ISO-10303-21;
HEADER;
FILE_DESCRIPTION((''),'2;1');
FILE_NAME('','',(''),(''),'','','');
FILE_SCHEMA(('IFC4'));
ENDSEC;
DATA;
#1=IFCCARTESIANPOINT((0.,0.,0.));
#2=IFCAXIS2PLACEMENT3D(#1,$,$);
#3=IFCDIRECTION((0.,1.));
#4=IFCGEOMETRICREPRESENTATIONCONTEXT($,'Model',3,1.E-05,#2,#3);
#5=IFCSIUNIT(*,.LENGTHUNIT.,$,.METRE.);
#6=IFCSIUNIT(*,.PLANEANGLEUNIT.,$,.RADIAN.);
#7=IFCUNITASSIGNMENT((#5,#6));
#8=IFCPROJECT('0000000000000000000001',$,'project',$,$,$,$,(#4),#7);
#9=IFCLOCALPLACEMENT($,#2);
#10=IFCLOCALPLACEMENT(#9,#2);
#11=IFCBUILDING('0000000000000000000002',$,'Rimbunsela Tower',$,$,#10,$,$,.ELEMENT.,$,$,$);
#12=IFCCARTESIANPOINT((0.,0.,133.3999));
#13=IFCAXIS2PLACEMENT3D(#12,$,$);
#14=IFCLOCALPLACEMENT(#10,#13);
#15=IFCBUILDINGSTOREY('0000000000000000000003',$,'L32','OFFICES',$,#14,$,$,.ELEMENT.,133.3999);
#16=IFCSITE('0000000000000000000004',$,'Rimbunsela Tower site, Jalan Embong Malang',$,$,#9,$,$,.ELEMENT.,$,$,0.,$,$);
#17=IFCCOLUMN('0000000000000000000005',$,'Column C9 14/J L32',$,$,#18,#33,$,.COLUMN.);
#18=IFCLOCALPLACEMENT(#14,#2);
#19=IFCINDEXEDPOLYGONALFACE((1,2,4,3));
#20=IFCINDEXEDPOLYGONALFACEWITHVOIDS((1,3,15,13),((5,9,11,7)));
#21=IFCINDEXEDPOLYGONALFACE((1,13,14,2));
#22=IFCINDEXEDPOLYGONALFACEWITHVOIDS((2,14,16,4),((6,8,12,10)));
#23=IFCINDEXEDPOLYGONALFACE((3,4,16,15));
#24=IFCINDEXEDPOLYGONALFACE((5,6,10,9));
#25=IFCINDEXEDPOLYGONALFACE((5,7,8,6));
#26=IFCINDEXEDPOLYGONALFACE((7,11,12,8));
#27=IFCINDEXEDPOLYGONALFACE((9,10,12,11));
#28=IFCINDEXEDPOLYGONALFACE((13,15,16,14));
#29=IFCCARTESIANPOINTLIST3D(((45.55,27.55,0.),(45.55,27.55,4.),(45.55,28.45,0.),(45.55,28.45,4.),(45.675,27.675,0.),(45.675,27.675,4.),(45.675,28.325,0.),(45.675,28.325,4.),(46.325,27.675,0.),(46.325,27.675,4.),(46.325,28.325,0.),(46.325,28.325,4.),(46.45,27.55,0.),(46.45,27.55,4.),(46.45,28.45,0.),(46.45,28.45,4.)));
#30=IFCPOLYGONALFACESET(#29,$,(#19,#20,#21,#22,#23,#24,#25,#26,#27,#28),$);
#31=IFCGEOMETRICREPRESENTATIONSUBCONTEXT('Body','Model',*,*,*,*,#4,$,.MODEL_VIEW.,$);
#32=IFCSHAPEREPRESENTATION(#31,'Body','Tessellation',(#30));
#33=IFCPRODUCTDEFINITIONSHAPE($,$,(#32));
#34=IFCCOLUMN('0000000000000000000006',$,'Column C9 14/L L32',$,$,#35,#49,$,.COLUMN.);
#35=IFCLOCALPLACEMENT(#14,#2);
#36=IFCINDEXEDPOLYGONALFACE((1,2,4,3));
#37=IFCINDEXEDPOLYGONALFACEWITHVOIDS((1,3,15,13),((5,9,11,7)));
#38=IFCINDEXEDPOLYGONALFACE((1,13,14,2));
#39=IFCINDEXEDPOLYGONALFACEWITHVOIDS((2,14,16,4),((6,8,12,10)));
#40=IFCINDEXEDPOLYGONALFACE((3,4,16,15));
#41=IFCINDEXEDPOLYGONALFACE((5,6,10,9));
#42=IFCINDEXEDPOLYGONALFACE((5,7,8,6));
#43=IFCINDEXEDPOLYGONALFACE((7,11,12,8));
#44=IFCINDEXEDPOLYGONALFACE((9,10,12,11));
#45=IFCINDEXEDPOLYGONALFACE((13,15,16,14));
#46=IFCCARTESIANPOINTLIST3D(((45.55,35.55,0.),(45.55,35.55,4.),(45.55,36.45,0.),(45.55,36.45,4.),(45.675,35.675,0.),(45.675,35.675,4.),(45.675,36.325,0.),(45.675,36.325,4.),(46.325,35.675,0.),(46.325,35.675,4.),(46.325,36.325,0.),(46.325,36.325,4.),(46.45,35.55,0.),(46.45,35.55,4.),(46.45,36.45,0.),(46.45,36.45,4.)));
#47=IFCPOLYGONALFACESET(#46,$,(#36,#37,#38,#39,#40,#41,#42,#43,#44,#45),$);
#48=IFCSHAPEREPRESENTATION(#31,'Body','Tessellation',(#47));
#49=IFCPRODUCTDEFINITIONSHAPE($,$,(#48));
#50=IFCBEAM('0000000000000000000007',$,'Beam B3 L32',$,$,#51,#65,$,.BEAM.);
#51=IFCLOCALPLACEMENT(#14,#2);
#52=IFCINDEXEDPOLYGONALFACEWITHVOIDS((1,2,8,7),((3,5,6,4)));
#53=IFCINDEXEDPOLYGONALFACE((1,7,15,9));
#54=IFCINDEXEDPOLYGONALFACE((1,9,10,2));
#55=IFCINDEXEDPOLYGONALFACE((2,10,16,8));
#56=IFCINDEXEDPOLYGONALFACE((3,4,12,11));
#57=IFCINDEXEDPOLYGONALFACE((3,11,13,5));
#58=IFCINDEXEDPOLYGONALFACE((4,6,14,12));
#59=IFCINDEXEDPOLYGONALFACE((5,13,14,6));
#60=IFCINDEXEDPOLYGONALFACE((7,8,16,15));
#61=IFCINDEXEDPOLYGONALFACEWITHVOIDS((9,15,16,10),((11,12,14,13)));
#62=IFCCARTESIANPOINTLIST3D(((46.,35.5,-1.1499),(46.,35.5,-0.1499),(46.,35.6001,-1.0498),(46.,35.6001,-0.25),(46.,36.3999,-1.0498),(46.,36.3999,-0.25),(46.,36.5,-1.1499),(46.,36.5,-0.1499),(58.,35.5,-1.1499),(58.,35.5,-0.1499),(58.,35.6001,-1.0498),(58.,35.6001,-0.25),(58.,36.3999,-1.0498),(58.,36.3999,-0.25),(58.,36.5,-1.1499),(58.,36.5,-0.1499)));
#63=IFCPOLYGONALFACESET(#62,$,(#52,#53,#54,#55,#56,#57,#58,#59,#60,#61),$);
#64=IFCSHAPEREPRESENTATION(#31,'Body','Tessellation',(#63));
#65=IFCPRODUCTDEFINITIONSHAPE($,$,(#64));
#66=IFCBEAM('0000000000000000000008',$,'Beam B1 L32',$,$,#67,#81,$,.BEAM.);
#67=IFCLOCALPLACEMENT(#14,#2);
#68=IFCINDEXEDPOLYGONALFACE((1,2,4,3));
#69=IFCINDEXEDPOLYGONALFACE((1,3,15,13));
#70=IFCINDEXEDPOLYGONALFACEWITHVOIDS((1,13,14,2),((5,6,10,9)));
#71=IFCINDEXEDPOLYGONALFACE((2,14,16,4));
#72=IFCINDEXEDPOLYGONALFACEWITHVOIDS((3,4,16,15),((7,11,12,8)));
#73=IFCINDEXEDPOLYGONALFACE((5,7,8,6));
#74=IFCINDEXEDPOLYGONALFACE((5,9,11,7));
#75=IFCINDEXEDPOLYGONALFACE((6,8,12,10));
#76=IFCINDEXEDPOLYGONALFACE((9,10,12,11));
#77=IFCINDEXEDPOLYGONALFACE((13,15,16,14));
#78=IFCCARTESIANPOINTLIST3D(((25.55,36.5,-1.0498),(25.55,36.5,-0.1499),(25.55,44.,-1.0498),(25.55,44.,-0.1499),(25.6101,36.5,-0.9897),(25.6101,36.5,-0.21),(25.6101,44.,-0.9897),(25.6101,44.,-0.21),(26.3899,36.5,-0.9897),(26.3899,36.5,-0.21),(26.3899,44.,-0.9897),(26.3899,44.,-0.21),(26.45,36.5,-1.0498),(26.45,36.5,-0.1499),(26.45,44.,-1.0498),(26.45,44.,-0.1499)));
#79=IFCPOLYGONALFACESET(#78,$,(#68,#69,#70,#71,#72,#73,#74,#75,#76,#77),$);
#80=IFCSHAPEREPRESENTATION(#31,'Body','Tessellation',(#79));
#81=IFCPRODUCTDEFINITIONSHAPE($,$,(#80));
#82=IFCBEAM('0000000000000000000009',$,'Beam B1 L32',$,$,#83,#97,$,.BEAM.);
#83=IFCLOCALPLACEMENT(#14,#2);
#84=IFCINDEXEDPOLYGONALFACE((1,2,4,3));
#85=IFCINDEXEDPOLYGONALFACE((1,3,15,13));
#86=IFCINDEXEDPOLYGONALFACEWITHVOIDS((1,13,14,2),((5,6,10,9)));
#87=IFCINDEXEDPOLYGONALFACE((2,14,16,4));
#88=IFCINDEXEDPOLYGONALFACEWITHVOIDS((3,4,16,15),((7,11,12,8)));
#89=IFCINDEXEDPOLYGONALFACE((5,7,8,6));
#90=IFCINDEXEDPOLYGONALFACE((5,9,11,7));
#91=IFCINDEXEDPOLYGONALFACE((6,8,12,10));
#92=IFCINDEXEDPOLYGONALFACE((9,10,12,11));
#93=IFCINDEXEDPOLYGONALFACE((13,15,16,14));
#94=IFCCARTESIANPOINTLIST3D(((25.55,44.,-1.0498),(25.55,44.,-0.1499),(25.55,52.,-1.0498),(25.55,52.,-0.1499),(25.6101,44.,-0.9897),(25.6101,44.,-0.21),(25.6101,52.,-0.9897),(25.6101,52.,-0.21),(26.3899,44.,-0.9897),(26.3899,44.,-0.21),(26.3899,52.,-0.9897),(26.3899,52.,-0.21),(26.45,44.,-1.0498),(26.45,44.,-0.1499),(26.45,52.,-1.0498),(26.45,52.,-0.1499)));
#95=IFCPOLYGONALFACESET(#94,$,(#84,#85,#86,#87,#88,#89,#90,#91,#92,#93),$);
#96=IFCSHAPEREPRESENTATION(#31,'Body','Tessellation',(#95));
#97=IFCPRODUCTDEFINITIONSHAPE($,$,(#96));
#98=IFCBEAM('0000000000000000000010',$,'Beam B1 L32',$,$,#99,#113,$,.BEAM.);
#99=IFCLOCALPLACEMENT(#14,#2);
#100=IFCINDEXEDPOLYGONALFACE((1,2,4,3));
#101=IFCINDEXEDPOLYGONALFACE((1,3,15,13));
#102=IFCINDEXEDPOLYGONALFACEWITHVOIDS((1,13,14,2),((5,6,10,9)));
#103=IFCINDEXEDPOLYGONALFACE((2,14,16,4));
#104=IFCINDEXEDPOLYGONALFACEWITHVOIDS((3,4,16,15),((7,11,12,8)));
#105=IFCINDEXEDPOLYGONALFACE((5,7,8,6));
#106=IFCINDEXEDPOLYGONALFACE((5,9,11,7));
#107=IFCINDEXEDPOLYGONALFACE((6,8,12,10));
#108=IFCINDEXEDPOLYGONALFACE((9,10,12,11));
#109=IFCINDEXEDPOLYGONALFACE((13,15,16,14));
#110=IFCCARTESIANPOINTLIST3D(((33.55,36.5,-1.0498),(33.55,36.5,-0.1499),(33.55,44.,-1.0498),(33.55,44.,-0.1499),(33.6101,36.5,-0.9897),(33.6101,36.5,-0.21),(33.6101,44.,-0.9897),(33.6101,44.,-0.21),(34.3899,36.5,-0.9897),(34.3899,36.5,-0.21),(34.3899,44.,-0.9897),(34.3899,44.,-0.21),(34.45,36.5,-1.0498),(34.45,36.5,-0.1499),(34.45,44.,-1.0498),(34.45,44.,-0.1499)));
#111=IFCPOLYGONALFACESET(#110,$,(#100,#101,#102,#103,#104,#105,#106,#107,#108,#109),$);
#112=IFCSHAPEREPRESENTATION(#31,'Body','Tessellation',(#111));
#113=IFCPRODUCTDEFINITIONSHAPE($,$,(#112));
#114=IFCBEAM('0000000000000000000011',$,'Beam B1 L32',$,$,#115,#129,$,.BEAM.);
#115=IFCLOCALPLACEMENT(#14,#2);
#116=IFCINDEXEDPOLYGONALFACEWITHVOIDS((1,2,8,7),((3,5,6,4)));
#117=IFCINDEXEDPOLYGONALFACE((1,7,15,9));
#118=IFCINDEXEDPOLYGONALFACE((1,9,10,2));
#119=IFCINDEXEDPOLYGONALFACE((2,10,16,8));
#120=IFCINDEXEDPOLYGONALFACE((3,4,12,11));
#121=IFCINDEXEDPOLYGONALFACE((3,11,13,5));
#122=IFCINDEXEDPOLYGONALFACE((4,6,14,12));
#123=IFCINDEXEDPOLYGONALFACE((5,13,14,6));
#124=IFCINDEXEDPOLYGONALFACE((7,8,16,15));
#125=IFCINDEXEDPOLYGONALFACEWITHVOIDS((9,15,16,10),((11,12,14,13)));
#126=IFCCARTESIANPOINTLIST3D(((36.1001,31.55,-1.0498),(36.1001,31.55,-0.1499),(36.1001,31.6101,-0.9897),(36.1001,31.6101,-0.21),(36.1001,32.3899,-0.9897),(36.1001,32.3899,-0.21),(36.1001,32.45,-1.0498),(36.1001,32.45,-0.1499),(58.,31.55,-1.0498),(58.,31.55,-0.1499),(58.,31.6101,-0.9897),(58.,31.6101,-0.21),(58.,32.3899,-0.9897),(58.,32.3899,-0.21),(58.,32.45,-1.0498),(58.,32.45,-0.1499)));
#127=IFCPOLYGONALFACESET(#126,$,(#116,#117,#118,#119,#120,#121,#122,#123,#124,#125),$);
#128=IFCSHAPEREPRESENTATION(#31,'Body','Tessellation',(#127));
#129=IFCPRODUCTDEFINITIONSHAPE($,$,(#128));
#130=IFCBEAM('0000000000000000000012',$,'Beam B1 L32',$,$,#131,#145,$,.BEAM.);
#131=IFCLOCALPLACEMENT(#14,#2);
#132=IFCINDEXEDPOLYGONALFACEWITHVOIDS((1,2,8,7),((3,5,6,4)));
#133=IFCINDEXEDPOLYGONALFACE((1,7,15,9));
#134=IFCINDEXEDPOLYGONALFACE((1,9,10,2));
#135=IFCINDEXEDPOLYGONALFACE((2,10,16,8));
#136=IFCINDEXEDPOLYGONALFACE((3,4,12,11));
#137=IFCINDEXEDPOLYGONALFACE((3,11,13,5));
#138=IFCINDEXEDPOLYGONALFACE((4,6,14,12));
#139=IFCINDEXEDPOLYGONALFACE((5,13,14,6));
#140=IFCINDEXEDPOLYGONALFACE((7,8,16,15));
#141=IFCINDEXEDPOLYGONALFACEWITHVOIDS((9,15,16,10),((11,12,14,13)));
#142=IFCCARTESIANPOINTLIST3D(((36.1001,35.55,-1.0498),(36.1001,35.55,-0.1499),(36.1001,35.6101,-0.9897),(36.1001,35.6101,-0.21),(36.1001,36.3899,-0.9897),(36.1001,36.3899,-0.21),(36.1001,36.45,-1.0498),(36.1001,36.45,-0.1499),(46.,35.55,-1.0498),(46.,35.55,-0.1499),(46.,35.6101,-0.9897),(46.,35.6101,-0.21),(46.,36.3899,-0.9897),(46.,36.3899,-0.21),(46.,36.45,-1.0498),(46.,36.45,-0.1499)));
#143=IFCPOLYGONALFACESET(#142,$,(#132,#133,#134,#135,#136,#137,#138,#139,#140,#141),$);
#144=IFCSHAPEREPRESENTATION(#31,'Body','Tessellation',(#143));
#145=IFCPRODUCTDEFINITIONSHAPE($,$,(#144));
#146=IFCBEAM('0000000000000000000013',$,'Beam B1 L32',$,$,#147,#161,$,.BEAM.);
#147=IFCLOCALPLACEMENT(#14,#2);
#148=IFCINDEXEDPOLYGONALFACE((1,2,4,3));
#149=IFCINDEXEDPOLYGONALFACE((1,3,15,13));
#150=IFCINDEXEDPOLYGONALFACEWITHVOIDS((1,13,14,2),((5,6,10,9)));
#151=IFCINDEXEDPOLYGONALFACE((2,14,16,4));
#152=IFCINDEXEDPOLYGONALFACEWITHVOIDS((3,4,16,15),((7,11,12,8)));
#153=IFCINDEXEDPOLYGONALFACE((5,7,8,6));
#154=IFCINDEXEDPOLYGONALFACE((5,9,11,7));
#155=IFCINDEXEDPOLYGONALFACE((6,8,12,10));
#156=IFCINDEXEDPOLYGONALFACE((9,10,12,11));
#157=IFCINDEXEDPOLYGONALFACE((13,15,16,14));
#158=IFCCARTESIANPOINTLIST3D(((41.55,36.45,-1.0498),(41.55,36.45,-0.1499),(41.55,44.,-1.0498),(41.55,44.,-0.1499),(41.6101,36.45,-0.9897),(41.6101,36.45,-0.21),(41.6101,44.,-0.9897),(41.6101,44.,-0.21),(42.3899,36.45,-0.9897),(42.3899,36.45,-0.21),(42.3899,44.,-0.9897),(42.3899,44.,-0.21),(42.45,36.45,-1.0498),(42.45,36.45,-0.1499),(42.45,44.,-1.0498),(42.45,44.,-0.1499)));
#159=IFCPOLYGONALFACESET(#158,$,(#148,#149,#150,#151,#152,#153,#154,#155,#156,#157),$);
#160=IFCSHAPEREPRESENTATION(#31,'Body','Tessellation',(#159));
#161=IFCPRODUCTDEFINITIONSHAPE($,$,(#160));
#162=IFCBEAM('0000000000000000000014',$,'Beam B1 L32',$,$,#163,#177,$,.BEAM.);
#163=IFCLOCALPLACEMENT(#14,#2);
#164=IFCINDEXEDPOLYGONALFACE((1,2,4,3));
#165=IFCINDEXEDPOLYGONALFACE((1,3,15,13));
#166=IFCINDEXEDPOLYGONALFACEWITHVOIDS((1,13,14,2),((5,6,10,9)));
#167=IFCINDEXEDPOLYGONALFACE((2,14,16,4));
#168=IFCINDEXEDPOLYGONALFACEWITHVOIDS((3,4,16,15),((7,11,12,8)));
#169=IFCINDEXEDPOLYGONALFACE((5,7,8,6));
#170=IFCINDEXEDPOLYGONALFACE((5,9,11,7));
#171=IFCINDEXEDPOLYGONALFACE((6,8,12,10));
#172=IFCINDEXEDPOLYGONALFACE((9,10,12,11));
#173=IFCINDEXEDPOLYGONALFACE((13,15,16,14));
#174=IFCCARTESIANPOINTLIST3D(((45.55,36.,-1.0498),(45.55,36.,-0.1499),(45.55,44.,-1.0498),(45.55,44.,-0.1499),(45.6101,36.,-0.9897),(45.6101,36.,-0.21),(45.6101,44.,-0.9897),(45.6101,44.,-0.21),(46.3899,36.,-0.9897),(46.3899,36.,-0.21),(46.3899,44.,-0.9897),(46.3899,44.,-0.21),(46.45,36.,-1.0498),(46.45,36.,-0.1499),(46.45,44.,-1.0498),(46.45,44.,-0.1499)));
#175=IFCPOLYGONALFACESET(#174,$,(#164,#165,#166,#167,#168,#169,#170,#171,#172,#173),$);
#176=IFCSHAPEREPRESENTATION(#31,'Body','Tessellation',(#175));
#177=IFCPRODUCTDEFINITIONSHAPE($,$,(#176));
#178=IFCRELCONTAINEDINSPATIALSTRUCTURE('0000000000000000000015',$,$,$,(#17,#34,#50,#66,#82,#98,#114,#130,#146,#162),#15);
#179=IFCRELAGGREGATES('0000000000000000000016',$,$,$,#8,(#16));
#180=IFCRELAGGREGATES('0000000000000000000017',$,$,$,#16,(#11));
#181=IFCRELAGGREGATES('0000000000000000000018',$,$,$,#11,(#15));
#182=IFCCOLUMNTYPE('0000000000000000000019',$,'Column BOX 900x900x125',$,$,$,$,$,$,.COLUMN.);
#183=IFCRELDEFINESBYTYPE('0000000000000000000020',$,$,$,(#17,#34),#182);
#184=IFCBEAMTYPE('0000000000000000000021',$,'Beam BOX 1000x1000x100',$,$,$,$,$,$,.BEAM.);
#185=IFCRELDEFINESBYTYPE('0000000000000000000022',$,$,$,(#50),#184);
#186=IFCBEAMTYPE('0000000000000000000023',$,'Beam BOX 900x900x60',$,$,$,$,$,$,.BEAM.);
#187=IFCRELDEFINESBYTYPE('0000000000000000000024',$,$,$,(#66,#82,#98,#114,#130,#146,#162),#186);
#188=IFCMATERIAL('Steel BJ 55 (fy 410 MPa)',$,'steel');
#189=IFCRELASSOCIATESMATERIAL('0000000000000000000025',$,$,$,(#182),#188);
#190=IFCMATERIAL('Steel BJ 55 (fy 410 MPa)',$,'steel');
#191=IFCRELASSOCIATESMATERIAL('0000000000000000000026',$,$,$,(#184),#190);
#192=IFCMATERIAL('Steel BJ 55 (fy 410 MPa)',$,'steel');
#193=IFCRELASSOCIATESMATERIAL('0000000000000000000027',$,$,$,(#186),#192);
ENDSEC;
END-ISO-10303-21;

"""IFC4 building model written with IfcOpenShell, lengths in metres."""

from ifc_helpers import new_model, si_unit, direction, frame, origin, origin_2d, place, context, subcontext, project, spatial, hollow_rectangle, extrude, material, material_profile, profile_set, type_object, element, save


model = new_model("IFC4")

# Units and contexts
model_context = context("Model", 3, precision=1e-05, world=origin(), true_north=direction((0.0, 1.0)))
body_context = subcontext(model_context, "Body", "Model", "MODEL_VIEW")
ifc_project = project(units=[si_unit("LENGTHUNIT", "METRE"), si_unit("PLANEANGLEUNIT", "RADIAN")], contexts=[model_context])

# Site, building, storey
site_placement = place(None, origin())
site = spatial("IfcSite", under=ifc_project, at=site_placement, Name="Rimbunsela Tower site, Jalan Embong Malang", CompositionType="ELEMENT", RefElevation=0.0)
building_placement = place(site_placement, origin())
building = spatial("IfcBuilding", under=site, at=building_placement, Name="Rimbunsela Tower", CompositionType="ELEMENT")
storey_placement = place(building_placement, frame((0.0, 0.0, 133.3999)))
storey = spatial("IfcBuildingStorey", under=building, at=storey_placement, Name="L32", Description="OFFICES", CompositionType="ELEMENT", Elevation=133.3999)

# Columns
ifc_material_1 = material(Name="Steel BJ 55 (fy 410 MPa)", Category="steel")
ifc_material_profile_1 = material_profile(ifc_material_1, hollow_rectangle(XDim=0.8999, YDim=0.8999, WallThickness=0.125, at=origin_2d()), Name="BOX 900x900x125")
ifc_profile_set_1 = profile_set([ifc_material_profile_1], Name="Steel BJ 55 (fy 410 MPa)")
column_type = type_object("IfcColumnType", Name="Column BOX 900x900x125", PredefinedType="COLUMN", material=ifc_profile_set_1)
for number, where, z_axis, x_axis, name in (
    (1, (46.0, 28.0, 0.0), (0.0, 0.0, 1.0), (1.0, 0.0, 0.0), "Column C9 14/J L32"),
    (2, (46.0, 36.0, 0.0), (0.0, 0.0, 1.0), (1.0, 0.0, 0.0), "Column C9 14/L L32"),
):
    element("IfcColumn", number, at=place(storey_placement, frame(where, z_axis=z_axis, x_axis=x_axis)), inside=storey, type_object=column_type, Name=name, PredefinedType="COLUMN", context=body_context, shape_type="SweptSolid", body=[
        extrude(hollow_rectangle(XDim=0.8999, YDim=0.8999, WallThickness=0.125, at=origin_2d()), origin(), (0.0, 0.0, 1.0), 4.0),
    ])

# Beams
ifc_material_2 = material(Name="Steel BJ 55 (fy 410 MPa)", Category="steel")
ifc_material_profile_2 = material_profile(ifc_material_2, hollow_rectangle(XDim=1.0, YDim=1.0, WallThickness=0.1001, at=origin_2d()), Name="BOX 1000x1000x100")
ifc_profile_set_2 = profile_set([ifc_material_profile_2], Name="Steel BJ 55 (fy 410 MPa)")
beam_type_1 = type_object("IfcBeamType", Name="Beam BOX 1000x1000x100", PredefinedType="BEAM", material=ifc_profile_set_2)
beam_1_placement = place(storey_placement, frame((46.0, 36.0, -0.6499), z_axis=(1.0, 0.0, 0.0), x_axis=(0.0, 1.0, 0.0)))
element("IfcBeam", 3, at=beam_1_placement, inside=storey, type_object=beam_type_1, Name="Beam B3 L32", PredefinedType="BEAM", context=body_context, shape_type="SweptSolid", body=[
    extrude(hollow_rectangle(XDim=1.0, YDim=1.0, WallThickness=0.1001, at=origin_2d()), origin(), (0.0, 0.0, 1.0), 12.0),
])
ifc_material_3 = material(Name="Steel BJ 55 (fy 410 MPa)", Category="steel")
ifc_material_profile_3 = material_profile(ifc_material_3, hollow_rectangle(XDim=0.8999, YDim=0.8999, WallThickness=0.0601, at=origin_2d()), Name="BOX 900x900x60")
ifc_profile_set_3 = profile_set([ifc_material_profile_3], Name="Steel BJ 55 (fy 410 MPa)")
beam_type_2 = type_object("IfcBeamType", Name="Beam BOX 900x900x60", PredefinedType="BEAM", material=ifc_profile_set_3)
beam_2_placement = place(storey_placement, frame((26.0, 36.5, -0.5999), z_axis=(0.0, 1.0, 0.0), x_axis=(-1.0, 0.0, 0.0)))
element("IfcBeam", 4, at=beam_2_placement, inside=storey, type_object=beam_type_2, Name="Beam B1 L32", PredefinedType="BEAM", context=body_context, shape_type="SweptSolid", body=[
    extrude(hollow_rectangle(XDim=0.8999, YDim=0.8999, WallThickness=0.0601, at=origin_2d()), origin(), (0.0, 0.0, 1.0), 7.5),
])
beam_3_placement = place(storey_placement, frame((26.0, 44.0, -0.5999), z_axis=(0.0, 1.0, 0.0), x_axis=(-1.0, 0.0, 0.0)))
element("IfcBeam", 5, at=beam_3_placement, inside=storey, type_object=beam_type_2, Name="Beam B1 L32", PredefinedType="BEAM", context=body_context, shape_type="SweptSolid", body=[
    extrude(hollow_rectangle(XDim=0.8999, YDim=0.8999, WallThickness=0.0601, at=origin_2d()), origin(), (0.0, 0.0, 1.0), 8.0),
])
beam_4_placement = place(storey_placement, frame((34.0, 36.5, -0.5999), z_axis=(0.0, 1.0, 0.0), x_axis=(-1.0, 0.0, 0.0)))
element("IfcBeam", 6, at=beam_4_placement, inside=storey, type_object=beam_type_2, Name="Beam B1 L32", PredefinedType="BEAM", context=body_context, shape_type="SweptSolid", body=[
    extrude(hollow_rectangle(XDim=0.8999, YDim=0.8999, WallThickness=0.0601, at=origin_2d()), origin(), (0.0, 0.0, 1.0), 7.5),
])
beam_5_placement = place(storey_placement, frame((36.1001, 32.0, -0.5999), z_axis=(1.0, 0.0, 0.0), x_axis=(0.0, 1.0, 0.0)))
element("IfcBeam", 7, at=beam_5_placement, inside=storey, type_object=beam_type_2, Name="Beam B1 L32", PredefinedType="BEAM", context=body_context, shape_type="SweptSolid", body=[
    extrude(hollow_rectangle(XDim=0.8999, YDim=0.8999, WallThickness=0.0601, at=origin_2d()), origin(), (0.0, 0.0, 1.0), 21.8999),
])
beam_6_placement = place(storey_placement, frame((36.1001, 36.0, -0.5999), z_axis=(1.0, 0.0, 0.0), x_axis=(0.0, 1.0, 0.0)))
element("IfcBeam", 8, at=beam_6_placement, inside=storey, type_object=beam_type_2, Name="Beam B1 L32", PredefinedType="BEAM", context=body_context, shape_type="SweptSolid", body=[
    extrude(hollow_rectangle(XDim=0.8999, YDim=0.8999, WallThickness=0.0601, at=origin_2d()), origin(), (0.0, 0.0, 1.0), 9.8999),
])
beam_7_placement = place(storey_placement, frame((42.0, 36.45, -0.5999), z_axis=(0.0, 1.0, 0.0), x_axis=(-1.0, 0.0, 0.0)))
element("IfcBeam", 9, at=beam_7_placement, inside=storey, type_object=beam_type_2, Name="Beam B1 L32", PredefinedType="BEAM", context=body_context, shape_type="SweptSolid", body=[
    extrude(hollow_rectangle(XDim=0.8999, YDim=0.8999, WallThickness=0.0601, at=origin_2d()), origin(), (0.0, 0.0, 1.0), 7.55),
])
beam_8_placement = place(storey_placement, frame((46.0, 36.0, -0.5999), z_axis=(0.0, 1.0, 0.0), x_axis=(-1.0, 0.0, 0.0)))
element("IfcBeam", 10, at=beam_8_placement, inside=storey, type_object=beam_type_2, Name="Beam B1 L32", PredefinedType="BEAM", context=body_context, shape_type="SweptSolid", body=[
    extrude(hollow_rectangle(XDim=0.8999, YDim=0.8999, WallThickness=0.0601, at=origin_2d()), origin(), (0.0, 0.0, 1.0), 8.0),
])

save(model, "model.ifc")
